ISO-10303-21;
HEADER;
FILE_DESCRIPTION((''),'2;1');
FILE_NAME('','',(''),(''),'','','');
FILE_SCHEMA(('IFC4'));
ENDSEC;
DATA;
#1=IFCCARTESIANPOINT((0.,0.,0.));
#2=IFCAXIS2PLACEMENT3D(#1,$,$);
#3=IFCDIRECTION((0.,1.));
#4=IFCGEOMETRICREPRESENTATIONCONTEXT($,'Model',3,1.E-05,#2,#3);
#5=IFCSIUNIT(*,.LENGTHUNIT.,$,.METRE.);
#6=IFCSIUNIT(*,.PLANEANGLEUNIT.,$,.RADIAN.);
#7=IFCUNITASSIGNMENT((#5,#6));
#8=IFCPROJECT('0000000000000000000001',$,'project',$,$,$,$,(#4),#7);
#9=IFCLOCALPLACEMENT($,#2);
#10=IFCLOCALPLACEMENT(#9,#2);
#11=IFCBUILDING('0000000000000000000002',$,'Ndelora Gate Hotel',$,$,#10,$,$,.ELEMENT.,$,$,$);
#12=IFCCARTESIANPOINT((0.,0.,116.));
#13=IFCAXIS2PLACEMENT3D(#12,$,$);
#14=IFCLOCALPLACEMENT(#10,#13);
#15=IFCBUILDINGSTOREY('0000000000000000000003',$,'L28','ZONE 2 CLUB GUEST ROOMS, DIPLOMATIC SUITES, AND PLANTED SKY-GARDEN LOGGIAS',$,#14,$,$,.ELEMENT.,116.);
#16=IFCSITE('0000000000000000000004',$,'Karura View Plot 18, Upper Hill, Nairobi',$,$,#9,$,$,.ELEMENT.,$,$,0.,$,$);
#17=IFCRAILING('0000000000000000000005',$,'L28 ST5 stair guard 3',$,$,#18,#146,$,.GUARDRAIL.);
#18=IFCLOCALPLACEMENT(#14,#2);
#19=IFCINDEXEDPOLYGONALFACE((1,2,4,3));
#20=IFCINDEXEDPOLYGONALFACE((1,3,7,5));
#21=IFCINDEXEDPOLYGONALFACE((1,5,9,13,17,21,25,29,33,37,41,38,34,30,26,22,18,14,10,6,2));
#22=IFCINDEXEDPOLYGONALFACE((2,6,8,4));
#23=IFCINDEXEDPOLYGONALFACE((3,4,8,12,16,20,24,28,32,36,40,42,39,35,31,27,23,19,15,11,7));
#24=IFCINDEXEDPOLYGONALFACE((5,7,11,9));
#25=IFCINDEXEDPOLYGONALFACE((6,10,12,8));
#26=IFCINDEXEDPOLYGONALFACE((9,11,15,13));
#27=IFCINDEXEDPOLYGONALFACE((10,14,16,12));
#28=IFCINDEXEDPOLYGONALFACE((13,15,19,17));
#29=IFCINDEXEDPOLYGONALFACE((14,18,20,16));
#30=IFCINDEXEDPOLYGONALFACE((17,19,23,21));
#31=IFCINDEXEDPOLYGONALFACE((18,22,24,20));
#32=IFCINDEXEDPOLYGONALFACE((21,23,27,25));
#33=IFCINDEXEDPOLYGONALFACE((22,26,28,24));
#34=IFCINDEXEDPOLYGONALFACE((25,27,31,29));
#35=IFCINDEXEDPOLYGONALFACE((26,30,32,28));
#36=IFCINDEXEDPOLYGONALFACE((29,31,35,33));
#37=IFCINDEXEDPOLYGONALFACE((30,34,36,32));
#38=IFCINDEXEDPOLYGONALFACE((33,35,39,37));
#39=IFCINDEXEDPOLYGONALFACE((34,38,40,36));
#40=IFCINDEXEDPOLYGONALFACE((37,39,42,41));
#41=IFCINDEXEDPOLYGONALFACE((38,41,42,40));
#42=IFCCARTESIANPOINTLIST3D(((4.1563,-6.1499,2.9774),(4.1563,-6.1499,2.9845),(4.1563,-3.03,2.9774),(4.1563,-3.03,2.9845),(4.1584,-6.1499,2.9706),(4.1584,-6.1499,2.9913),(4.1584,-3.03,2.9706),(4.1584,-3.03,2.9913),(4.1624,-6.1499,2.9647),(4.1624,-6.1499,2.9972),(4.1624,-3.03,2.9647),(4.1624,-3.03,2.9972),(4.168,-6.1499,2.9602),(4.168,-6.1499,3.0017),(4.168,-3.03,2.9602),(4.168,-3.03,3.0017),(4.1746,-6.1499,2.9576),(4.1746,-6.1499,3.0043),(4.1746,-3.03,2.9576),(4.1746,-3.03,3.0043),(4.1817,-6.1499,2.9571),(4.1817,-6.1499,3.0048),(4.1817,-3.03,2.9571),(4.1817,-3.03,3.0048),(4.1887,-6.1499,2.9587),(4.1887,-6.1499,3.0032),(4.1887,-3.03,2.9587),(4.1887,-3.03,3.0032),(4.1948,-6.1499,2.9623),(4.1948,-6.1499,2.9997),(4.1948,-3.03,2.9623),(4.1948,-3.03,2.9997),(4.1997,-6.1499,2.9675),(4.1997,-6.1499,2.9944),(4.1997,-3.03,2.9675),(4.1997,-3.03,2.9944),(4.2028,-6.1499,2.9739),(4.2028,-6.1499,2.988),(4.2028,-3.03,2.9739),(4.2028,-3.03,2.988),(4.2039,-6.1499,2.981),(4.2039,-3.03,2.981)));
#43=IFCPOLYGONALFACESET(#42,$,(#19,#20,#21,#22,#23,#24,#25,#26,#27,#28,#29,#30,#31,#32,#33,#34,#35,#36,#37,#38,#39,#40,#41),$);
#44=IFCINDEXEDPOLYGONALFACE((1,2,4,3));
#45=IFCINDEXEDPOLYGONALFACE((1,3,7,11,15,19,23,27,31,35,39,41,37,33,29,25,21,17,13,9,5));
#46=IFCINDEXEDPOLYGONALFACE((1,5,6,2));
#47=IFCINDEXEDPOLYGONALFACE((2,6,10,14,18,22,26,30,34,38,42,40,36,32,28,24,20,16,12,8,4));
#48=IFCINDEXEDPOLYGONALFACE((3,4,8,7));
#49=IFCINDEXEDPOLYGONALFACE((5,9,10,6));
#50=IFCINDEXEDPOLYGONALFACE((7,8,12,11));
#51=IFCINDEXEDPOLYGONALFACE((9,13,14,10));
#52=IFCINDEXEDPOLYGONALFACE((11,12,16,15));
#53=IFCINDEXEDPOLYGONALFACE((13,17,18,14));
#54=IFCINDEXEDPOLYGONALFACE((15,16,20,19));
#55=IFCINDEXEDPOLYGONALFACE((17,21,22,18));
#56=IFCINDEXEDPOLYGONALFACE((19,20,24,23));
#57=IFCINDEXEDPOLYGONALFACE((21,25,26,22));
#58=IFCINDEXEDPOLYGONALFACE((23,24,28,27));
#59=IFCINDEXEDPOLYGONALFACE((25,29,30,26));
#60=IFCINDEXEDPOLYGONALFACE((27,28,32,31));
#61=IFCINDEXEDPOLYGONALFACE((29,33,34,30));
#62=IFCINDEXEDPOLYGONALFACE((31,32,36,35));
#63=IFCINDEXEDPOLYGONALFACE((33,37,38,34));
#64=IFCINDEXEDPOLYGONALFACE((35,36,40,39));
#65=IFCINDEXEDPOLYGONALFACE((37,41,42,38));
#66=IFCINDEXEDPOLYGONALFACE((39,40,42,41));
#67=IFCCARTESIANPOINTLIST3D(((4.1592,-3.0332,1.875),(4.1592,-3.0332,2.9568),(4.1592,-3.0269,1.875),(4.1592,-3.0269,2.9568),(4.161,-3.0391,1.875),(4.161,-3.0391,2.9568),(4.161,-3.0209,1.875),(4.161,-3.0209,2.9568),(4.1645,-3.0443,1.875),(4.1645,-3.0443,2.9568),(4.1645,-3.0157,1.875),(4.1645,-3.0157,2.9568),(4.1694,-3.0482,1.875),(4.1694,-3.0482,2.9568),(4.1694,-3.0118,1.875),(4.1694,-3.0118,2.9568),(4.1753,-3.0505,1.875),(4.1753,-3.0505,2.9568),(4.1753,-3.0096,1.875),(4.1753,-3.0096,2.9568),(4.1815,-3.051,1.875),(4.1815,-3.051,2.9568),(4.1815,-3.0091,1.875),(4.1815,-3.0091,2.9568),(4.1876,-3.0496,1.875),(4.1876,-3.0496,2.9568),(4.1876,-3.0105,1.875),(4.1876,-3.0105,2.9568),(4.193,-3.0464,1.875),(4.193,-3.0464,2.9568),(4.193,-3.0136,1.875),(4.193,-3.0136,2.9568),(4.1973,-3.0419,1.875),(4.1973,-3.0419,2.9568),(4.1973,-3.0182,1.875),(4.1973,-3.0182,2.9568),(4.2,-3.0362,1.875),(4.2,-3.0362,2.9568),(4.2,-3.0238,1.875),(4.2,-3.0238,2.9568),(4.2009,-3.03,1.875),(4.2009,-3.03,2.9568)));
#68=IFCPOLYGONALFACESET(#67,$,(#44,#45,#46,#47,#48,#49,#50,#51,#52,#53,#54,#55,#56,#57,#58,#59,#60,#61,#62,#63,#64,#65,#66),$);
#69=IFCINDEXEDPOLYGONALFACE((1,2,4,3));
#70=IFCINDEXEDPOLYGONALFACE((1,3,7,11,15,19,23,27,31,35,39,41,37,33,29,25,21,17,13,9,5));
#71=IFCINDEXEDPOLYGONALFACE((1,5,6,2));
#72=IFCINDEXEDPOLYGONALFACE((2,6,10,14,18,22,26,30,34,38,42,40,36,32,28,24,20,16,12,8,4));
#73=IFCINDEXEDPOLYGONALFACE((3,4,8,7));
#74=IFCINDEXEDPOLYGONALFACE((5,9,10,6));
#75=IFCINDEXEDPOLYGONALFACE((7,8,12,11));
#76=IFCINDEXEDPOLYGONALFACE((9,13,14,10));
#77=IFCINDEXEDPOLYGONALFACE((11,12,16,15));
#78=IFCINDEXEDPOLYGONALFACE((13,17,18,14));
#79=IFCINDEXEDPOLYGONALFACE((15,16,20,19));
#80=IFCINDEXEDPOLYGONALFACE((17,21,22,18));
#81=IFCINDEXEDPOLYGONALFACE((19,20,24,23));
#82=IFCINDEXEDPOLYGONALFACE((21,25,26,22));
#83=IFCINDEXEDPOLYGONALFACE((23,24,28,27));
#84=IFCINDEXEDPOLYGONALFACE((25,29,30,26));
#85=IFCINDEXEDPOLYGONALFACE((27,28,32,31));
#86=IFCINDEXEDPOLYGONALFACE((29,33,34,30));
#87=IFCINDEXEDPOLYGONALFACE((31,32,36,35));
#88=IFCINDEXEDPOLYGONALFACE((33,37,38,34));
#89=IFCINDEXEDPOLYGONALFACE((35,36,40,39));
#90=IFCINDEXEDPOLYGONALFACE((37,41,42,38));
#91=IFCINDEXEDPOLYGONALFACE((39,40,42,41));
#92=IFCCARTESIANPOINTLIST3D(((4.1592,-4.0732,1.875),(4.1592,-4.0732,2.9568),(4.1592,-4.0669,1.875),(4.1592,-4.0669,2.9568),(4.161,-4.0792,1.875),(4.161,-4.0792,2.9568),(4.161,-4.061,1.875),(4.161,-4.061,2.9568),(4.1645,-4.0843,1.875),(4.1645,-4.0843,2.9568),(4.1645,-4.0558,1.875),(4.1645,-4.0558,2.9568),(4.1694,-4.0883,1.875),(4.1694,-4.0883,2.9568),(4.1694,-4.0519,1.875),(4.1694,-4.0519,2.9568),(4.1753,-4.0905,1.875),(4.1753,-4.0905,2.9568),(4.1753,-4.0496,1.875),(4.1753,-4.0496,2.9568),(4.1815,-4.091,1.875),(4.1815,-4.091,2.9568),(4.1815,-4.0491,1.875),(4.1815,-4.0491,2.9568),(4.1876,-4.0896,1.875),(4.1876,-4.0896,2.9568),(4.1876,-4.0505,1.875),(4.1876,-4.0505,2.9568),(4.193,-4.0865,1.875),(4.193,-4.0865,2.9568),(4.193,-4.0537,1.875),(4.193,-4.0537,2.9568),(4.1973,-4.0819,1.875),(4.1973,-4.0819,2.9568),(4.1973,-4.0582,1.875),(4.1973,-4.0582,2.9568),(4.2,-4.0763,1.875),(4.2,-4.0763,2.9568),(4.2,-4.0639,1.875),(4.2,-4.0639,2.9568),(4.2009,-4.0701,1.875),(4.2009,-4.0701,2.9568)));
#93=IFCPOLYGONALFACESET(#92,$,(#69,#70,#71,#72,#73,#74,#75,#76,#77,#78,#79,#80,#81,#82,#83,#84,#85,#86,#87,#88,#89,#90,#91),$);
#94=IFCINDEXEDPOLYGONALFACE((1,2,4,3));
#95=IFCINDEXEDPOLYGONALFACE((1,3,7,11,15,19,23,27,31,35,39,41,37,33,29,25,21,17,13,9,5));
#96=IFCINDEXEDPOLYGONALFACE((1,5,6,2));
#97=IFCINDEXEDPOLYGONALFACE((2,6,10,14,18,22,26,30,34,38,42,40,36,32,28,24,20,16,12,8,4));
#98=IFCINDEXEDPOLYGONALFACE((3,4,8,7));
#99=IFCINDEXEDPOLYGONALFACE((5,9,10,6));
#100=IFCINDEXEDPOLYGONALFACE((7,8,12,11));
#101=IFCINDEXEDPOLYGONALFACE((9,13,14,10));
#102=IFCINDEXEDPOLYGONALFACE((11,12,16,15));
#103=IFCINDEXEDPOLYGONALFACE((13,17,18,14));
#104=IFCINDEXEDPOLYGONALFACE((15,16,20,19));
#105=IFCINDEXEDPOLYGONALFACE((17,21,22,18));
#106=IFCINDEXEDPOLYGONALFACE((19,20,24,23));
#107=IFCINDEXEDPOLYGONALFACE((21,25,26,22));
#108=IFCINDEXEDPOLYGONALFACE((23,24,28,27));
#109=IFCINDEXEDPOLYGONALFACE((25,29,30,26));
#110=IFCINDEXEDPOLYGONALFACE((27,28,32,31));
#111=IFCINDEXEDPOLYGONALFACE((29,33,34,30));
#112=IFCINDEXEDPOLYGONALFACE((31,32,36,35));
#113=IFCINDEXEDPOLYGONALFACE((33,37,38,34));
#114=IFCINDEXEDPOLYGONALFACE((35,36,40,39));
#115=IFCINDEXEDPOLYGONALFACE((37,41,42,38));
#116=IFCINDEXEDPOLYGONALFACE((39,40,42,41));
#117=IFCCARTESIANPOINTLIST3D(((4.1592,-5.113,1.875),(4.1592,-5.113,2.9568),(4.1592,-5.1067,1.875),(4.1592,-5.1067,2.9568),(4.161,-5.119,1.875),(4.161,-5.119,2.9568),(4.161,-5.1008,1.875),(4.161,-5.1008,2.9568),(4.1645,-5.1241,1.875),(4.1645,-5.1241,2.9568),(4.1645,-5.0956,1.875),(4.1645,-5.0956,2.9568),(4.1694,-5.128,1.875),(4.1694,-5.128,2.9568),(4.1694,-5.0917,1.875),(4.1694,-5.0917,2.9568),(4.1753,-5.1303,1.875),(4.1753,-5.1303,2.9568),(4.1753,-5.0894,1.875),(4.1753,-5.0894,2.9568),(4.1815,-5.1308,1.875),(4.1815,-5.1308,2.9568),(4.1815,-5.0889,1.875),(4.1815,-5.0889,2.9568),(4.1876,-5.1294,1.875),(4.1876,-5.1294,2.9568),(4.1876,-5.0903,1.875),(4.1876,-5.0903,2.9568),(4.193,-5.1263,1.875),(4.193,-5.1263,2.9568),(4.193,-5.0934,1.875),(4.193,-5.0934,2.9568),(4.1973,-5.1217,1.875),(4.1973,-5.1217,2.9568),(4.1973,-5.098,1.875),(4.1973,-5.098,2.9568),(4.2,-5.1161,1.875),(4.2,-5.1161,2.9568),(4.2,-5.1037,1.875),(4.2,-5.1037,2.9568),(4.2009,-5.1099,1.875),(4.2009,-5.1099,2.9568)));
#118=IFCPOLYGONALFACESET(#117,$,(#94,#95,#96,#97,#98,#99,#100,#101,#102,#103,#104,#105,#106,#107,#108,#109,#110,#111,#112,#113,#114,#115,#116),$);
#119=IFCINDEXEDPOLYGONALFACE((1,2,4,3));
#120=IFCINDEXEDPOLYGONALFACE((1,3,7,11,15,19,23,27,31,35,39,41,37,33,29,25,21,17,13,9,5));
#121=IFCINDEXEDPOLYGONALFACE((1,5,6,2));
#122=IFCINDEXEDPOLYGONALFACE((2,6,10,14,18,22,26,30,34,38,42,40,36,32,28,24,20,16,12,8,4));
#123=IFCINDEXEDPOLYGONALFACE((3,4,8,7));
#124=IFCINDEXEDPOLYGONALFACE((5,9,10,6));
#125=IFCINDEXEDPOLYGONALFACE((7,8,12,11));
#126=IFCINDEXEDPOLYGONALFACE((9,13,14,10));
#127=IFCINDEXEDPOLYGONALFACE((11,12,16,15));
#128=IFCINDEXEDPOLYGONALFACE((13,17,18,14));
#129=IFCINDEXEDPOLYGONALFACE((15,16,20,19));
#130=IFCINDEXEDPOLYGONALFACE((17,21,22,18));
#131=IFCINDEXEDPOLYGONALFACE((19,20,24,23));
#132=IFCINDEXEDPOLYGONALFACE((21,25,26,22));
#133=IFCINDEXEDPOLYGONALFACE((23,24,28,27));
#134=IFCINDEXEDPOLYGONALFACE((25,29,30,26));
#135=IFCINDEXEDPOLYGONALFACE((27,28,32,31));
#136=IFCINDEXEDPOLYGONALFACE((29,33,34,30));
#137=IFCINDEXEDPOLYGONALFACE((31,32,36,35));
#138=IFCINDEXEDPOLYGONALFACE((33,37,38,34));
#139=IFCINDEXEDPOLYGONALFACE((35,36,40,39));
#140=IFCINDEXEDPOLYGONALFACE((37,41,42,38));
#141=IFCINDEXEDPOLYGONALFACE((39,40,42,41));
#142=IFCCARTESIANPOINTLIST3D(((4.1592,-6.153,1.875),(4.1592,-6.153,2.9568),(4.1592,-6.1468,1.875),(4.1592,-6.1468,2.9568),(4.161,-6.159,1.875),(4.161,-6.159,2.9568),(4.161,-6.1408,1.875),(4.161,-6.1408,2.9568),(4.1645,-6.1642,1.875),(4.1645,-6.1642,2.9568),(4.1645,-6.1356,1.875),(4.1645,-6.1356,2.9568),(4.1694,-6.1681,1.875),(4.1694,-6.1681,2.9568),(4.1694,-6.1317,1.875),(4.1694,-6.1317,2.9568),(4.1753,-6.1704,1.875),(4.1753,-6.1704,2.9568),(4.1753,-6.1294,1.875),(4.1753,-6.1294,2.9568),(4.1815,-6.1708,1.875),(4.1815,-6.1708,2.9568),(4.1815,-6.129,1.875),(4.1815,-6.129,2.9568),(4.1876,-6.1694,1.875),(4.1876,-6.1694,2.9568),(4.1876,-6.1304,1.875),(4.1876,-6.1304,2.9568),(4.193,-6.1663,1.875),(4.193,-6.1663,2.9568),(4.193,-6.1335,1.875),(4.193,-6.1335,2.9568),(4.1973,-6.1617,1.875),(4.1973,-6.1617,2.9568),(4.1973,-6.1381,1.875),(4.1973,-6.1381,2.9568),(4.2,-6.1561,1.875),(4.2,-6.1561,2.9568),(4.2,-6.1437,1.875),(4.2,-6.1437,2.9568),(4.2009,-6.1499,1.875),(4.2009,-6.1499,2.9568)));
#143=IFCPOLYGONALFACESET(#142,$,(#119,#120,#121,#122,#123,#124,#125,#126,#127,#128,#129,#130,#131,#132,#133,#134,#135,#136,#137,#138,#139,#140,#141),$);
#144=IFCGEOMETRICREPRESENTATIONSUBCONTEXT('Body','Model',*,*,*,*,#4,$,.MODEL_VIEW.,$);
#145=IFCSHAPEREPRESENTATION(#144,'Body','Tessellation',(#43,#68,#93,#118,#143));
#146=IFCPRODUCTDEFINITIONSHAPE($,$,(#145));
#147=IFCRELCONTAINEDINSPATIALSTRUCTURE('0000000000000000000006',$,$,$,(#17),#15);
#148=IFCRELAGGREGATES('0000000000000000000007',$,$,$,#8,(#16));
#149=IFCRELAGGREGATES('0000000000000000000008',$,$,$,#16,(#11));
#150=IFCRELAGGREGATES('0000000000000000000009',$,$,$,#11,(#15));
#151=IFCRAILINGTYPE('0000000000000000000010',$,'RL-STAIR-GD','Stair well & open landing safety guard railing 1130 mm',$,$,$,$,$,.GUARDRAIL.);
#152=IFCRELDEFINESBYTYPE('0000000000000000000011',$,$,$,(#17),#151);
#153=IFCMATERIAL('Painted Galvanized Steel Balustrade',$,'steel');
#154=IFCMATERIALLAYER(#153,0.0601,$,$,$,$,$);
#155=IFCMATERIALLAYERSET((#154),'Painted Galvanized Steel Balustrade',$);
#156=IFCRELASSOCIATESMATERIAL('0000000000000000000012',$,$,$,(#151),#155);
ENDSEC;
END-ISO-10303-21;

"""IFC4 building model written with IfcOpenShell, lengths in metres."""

from ifc_helpers import new_model, si_unit, direction, frame, origin, origin_2d, place, context, subcontext, project, spatial, circle, extrude, material, layer, layer_set, type_object, element, save


model = new_model("IFC4")

# Units and contexts
model_context = context("Model", 3, precision=1e-05, world=origin(), true_north=direction((0.0, 1.0)))
body_context = subcontext(model_context, "Body", "Model", "MODEL_VIEW")
ifc_project = project(units=[si_unit("LENGTHUNIT", "METRE"), si_unit("PLANEANGLEUNIT", "RADIAN")], contexts=[model_context])

# Site, building, storey
site_placement = place(None, origin())
site = spatial("IfcSite", under=ifc_project, at=site_placement, Name="Karura View Plot 18, Upper Hill, Nairobi", CompositionType="ELEMENT", RefElevation=0.0)
building_placement = place(site_placement, origin())
building = spatial("IfcBuilding", under=site, at=building_placement, Name="Ndelora Gate Hotel", CompositionType="ELEMENT")
storey_placement = place(building_placement, frame((0.0, 0.0, 116.0)))
storey = spatial("IfcBuildingStorey", under=building, at=storey_placement, Name="L28", Description="ZONE 2 CLUB GUEST ROOMS, DIPLOMATIC SUITES, AND PLANTED SKY-GARDEN LOGGIAS", CompositionType="ELEMENT", Elevation=116.0)

# Railing
ifc_material_1 = material(Name="Painted Galvanized Steel Balustrade", Category="steel")
ifc_layer_1 = layer(ifc_material_1, 0.0601)
ifc_layer_set_1 = layer_set([ifc_layer_1], Name="Painted Galvanized Steel Balustrade")
railing_type_1 = type_object("IfcRailingType", Name="RL-STAIR-GD", Description="Stair well & open landing safety guard railing 1130 mm", PredefinedType="GUARDRAIL", material=ifc_layer_set_1)
for number, where, name in (
    (1, (4.1799, -3.03, 1.875), "L28 ST5 stair guard 3"),
):
    element("IfcRailing", number, at=place(storey_placement, frame(where)), inside=storey, type_object=railing_type_1, Name=name, PredefinedType="GUARDRAIL", context=body_context, shape_type="SweptSolid", body=[
        extrude(circle(Radius=0.0239, at=origin_2d()), frame((0.0, 0.0, 1.106), z_axis=(0.0, -1.0, 0.0), x_axis=(1.0, 0.0, 0.0)), (0.0, 0.0, 1.0), 3.1199),
        extrude(circle(Radius=0.021, at=origin_2d()), origin(), (0.0, 0.0, 1.0), 1.0818),
        extrude(circle(Radius=0.021, at=origin_2d()), frame((0.0, -1.04, 0.0)), (0.0, 0.0, 1.0), 1.0818),
        extrude(circle(Radius=0.021, at=origin_2d()), frame((0.0, -2.0798, 0.0)), (0.0, 0.0, 1.0), 1.0818),
        extrude(circle(Radius=0.021, at=origin_2d()), frame((0.0, -3.1199, 0.0)), (0.0, 0.0, 1.0), 1.0818),
    ])

save(model, "model.ifc")
